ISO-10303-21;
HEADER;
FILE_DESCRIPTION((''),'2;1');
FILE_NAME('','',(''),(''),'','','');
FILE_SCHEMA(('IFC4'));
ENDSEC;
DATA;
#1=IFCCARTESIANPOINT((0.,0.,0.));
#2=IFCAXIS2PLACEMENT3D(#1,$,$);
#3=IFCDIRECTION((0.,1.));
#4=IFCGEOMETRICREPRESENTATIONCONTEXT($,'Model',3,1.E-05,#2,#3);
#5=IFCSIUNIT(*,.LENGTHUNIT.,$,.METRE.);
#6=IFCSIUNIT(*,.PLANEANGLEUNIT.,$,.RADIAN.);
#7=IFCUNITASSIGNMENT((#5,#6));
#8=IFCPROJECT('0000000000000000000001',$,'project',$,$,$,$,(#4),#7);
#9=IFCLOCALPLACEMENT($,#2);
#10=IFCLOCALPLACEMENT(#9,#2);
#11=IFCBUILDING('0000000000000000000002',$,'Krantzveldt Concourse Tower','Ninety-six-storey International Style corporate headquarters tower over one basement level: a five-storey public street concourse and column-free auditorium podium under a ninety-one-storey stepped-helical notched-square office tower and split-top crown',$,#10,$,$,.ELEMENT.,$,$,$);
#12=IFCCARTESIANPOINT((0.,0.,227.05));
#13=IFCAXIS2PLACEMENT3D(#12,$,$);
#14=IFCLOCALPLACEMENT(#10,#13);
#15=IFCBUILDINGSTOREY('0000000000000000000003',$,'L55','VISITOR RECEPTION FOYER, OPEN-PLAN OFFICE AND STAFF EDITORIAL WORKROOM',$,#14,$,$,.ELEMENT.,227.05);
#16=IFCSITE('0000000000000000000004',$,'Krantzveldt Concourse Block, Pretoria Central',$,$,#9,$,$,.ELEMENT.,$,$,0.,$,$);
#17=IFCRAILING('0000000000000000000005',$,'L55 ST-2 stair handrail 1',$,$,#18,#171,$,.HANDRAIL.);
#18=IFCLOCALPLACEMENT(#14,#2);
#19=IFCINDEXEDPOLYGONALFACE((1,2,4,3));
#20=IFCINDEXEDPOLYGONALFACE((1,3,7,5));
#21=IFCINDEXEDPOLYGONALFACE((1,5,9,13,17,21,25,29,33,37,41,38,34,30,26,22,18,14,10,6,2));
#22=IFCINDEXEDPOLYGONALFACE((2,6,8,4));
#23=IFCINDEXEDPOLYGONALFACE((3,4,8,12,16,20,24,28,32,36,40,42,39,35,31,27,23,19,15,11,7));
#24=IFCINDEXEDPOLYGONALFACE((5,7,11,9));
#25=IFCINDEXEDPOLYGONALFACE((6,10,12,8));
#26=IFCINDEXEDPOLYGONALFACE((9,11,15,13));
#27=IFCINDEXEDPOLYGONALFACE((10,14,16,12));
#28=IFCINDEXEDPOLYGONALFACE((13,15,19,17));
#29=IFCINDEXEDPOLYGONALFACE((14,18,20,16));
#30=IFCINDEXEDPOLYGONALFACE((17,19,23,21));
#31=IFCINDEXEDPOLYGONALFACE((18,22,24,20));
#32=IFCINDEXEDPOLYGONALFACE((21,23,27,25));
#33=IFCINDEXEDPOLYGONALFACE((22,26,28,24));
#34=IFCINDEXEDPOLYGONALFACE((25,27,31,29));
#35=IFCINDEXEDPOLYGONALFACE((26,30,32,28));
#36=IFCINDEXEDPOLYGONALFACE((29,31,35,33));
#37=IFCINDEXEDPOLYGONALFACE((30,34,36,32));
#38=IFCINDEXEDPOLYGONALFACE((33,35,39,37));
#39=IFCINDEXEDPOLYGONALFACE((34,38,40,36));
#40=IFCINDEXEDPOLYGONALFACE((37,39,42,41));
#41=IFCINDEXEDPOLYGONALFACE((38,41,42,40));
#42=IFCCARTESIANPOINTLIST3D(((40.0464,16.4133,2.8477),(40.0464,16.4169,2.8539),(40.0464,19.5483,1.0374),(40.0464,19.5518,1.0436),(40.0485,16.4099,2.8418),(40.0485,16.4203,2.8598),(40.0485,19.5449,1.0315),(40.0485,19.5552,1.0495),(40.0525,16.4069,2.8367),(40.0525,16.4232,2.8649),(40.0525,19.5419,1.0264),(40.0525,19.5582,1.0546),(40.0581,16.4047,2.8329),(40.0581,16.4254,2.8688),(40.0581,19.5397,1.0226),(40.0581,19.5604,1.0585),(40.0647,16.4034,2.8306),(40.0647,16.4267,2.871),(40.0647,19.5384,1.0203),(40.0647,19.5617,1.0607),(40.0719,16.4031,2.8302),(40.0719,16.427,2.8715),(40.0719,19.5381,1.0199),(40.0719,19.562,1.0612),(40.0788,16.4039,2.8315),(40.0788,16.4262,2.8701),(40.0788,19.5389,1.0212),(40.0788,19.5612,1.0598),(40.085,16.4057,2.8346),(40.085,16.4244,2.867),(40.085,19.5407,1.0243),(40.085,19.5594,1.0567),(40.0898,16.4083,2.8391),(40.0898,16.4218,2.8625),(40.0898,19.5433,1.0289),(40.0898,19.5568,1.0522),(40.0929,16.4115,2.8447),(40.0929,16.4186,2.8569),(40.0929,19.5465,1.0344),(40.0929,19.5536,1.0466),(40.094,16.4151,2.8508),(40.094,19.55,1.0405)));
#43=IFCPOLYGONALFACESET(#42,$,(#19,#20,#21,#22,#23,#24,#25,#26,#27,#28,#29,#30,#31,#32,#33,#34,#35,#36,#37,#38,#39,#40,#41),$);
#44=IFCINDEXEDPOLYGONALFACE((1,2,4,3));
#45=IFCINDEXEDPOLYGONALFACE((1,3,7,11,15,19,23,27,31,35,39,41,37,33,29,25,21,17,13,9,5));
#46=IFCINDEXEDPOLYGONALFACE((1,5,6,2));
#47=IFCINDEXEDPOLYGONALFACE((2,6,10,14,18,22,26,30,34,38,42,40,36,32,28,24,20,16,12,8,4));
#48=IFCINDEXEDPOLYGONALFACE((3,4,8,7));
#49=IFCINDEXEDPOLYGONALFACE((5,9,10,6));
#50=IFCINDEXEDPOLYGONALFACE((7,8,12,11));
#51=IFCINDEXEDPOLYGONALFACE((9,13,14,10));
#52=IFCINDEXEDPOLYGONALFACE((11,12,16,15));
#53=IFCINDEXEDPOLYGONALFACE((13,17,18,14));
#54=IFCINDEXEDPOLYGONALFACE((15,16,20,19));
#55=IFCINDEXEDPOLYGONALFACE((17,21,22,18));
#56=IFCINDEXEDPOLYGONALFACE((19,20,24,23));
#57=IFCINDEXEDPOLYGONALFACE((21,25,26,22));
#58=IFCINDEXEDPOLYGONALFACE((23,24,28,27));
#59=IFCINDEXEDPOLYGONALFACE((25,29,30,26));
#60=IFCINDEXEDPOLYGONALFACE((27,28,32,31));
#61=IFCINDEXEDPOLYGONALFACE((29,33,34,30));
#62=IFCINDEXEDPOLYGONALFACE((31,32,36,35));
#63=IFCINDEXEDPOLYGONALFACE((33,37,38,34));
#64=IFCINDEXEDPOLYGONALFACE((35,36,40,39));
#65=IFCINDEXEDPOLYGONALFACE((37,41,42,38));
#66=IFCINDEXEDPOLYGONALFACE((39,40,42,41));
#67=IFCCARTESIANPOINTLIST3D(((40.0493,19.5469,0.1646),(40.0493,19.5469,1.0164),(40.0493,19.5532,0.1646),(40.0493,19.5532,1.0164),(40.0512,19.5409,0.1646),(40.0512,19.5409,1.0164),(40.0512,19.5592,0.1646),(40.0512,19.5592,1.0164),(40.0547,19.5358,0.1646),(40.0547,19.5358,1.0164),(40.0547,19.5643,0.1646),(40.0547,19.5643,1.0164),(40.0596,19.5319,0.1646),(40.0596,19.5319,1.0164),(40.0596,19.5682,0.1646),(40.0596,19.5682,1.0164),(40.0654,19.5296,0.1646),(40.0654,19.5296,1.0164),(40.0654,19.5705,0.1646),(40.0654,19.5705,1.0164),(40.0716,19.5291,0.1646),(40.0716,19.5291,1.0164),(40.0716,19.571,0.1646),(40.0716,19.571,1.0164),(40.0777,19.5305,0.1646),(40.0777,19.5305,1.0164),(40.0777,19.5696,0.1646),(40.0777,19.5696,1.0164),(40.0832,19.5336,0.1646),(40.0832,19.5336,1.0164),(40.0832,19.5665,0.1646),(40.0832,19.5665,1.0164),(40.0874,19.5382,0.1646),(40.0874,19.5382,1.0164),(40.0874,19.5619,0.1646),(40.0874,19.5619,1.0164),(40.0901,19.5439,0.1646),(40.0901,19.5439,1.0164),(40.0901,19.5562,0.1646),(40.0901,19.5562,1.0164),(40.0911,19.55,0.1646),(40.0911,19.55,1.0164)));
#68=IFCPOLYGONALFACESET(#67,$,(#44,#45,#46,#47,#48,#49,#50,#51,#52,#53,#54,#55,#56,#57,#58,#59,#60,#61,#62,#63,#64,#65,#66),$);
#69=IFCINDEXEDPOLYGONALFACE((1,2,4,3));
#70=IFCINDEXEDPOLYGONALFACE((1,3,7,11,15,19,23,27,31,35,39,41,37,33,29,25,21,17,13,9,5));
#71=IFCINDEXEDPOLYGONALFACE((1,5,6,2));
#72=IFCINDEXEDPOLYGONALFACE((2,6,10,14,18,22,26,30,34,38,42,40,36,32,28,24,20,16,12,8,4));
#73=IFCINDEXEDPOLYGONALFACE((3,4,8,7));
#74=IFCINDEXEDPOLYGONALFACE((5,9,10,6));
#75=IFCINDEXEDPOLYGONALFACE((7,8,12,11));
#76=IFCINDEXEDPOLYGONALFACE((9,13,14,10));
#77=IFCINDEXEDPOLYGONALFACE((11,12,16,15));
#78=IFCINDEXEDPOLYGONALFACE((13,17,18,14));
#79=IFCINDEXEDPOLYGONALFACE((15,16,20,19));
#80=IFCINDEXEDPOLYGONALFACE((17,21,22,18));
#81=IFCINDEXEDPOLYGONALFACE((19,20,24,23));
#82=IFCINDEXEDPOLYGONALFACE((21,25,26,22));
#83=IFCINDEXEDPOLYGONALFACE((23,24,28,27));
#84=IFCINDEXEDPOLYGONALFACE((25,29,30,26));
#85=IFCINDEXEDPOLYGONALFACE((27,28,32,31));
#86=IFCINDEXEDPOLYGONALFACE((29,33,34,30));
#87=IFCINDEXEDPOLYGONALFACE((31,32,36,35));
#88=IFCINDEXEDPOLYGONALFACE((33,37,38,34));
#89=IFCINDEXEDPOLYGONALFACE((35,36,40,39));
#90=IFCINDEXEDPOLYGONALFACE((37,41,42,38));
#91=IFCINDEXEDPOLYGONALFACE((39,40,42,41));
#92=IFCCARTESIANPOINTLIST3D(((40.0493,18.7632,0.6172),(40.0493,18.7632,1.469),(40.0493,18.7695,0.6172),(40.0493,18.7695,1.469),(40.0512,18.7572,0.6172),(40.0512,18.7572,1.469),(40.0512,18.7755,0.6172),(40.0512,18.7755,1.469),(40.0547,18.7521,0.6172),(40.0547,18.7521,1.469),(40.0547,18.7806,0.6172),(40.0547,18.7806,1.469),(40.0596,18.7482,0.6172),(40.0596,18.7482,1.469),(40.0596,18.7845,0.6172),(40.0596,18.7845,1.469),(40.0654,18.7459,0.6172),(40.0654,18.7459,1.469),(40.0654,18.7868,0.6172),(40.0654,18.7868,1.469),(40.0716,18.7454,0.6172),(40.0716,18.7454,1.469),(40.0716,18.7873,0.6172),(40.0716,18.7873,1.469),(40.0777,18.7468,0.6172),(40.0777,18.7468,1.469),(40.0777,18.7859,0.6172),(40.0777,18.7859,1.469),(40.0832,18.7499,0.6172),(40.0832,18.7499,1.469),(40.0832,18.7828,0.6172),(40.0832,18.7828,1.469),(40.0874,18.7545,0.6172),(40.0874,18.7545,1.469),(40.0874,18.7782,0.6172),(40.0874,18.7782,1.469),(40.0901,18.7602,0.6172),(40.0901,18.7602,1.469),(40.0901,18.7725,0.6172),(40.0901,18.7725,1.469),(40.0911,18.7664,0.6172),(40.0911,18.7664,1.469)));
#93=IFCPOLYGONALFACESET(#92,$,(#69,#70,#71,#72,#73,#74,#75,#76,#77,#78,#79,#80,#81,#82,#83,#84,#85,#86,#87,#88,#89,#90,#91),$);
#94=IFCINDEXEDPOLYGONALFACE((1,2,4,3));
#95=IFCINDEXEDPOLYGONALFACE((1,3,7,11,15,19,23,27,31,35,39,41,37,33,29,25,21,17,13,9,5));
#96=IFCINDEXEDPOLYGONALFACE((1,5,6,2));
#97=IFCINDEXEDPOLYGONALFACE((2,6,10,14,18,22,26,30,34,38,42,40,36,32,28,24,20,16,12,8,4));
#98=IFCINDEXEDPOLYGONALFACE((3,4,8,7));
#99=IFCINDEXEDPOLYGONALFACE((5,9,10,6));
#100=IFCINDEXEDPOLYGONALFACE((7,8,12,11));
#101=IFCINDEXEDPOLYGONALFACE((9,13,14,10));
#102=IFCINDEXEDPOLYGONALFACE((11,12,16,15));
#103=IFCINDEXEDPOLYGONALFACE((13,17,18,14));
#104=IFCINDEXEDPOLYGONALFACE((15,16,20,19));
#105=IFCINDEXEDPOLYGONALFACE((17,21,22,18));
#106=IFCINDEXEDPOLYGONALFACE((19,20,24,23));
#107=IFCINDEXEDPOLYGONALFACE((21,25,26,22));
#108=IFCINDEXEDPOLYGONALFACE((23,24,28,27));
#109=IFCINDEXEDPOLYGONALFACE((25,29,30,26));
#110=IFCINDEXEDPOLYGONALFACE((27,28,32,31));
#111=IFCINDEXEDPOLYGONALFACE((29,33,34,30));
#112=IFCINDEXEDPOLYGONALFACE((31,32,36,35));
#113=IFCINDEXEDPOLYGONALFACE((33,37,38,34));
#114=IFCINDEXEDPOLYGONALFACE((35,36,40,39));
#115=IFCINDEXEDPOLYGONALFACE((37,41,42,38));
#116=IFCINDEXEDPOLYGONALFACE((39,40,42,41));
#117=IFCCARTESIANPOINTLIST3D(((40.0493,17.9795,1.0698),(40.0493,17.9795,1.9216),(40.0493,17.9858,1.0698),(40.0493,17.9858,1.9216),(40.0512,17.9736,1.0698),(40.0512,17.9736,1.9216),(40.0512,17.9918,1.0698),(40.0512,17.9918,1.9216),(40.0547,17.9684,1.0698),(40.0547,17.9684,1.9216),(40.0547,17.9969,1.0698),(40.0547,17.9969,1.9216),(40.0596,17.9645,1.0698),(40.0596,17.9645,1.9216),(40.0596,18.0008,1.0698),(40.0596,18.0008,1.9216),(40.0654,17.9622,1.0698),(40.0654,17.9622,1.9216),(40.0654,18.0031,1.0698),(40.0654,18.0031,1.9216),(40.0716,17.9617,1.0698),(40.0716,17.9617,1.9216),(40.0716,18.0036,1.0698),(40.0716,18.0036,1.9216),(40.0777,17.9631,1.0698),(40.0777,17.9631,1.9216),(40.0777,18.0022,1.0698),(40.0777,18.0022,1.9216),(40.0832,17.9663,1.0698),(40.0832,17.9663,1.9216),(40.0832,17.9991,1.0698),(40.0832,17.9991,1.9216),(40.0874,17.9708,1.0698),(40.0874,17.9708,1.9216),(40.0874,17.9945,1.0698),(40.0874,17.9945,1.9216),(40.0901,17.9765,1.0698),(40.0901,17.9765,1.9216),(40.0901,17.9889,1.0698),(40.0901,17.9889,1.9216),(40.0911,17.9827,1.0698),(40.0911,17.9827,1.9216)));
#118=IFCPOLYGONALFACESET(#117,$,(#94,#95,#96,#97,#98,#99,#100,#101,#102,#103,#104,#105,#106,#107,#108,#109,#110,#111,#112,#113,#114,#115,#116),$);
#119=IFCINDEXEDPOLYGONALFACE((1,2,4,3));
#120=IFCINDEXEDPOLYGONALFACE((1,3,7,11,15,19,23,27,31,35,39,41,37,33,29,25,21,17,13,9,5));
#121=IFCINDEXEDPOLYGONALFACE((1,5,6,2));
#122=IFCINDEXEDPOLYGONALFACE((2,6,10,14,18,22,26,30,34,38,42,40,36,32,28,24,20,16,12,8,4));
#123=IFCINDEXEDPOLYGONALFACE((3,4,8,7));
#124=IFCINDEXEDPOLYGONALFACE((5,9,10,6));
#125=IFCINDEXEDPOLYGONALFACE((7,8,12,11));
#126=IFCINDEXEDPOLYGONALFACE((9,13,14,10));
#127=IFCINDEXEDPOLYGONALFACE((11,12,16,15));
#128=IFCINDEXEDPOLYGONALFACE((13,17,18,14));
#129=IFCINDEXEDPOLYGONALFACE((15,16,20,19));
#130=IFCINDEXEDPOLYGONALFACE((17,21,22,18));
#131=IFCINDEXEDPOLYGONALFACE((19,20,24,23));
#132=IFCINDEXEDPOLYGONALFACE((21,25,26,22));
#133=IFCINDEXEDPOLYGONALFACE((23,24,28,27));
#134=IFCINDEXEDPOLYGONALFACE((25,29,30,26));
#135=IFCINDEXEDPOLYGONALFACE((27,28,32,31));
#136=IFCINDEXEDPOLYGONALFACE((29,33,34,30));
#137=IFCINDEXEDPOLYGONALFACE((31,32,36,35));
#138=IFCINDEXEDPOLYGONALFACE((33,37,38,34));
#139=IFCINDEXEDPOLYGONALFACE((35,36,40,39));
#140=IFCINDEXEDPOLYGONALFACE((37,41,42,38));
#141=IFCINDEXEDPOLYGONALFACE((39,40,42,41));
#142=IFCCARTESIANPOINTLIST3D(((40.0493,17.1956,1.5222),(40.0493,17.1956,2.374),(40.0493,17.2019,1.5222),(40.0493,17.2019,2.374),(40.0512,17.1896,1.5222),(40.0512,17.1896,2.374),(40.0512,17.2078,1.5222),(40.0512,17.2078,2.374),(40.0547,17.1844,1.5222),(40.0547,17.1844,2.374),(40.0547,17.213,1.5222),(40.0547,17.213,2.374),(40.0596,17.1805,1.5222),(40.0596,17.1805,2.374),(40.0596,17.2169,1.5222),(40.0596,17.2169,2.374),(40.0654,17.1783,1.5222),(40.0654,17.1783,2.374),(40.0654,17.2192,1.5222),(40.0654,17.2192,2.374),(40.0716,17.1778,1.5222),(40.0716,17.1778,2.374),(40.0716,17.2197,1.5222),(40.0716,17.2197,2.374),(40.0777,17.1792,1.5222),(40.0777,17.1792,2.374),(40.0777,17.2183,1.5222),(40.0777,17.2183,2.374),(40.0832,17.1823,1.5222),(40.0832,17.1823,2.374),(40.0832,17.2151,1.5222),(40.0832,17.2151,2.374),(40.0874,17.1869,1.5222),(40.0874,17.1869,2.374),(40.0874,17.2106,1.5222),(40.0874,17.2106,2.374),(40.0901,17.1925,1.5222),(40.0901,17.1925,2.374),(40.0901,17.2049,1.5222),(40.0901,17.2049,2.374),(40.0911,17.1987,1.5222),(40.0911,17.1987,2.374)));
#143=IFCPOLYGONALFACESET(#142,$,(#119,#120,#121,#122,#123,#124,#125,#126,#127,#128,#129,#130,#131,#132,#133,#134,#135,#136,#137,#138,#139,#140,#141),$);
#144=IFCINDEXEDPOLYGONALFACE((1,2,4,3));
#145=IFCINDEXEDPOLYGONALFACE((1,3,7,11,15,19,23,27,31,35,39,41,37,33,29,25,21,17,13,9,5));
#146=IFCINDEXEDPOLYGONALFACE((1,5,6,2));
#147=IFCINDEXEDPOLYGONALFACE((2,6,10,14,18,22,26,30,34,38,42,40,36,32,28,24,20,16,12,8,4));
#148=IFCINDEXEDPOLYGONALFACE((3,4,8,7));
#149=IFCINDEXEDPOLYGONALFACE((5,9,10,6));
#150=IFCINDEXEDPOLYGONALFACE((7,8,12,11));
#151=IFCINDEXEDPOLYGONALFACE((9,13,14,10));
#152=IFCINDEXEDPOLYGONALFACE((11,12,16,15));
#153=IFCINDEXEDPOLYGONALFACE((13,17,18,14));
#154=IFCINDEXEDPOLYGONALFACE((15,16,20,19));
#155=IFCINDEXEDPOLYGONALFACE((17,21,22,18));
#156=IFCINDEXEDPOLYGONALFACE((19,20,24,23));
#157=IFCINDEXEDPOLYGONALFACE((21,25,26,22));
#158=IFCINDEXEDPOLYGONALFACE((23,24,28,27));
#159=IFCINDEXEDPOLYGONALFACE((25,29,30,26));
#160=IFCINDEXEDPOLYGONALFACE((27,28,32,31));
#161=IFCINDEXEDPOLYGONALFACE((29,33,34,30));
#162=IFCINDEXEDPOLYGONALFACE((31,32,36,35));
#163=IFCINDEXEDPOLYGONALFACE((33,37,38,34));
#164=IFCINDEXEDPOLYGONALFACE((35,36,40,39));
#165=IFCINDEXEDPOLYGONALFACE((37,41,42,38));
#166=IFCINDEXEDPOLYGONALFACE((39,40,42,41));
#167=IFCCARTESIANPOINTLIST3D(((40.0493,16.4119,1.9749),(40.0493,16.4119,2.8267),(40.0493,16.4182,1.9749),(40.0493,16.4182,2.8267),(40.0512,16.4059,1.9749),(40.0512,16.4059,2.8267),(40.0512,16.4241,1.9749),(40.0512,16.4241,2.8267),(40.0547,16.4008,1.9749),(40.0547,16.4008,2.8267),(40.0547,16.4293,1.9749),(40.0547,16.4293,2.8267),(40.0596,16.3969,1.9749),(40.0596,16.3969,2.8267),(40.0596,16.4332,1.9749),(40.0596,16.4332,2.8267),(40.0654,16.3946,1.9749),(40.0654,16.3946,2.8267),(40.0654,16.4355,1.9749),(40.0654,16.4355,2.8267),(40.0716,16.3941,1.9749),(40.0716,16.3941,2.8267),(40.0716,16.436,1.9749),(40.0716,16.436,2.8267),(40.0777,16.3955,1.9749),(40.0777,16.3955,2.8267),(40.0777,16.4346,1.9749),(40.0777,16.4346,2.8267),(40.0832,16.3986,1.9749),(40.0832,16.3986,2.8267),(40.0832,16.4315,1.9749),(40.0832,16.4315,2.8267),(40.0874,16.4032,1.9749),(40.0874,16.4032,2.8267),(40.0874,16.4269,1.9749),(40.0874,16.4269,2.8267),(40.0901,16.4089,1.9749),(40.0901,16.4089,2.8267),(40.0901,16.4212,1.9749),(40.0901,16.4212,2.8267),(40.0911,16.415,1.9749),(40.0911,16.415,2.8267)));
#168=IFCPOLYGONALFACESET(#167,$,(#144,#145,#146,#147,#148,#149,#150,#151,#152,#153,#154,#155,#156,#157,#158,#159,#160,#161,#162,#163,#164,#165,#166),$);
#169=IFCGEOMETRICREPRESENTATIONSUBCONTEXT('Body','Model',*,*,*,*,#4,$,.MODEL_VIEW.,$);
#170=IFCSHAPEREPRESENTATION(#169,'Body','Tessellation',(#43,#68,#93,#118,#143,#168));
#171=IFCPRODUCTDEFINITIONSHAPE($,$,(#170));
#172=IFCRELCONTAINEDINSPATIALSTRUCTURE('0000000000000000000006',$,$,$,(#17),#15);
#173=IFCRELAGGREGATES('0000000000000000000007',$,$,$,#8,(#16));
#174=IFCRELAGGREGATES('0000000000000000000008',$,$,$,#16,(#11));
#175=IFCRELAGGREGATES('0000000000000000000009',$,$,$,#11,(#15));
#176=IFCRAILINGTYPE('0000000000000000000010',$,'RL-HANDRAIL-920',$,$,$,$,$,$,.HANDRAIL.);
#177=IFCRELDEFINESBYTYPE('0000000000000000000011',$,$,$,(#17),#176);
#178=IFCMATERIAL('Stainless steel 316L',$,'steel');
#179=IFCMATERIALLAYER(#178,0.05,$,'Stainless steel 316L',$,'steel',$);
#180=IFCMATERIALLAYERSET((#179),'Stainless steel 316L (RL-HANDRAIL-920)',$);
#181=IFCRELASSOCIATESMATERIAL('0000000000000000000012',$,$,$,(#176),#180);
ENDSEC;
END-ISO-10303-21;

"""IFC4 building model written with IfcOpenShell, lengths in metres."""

from ifc_helpers import new_model, si_unit, direction, frame, origin, origin_2d, place, context, subcontext, project, spatial, circle, extrude, material, layer, layer_set, type_object, element, save


model = new_model("IFC4")

# Units and contexts
model_context = context("Model", 3, precision=1e-05, world=origin(), true_north=direction((0.0, 1.0)))
body_context = subcontext(model_context, "Body", "Model", "MODEL_VIEW")
ifc_project = project(units=[si_unit("LENGTHUNIT", "METRE"), si_unit("PLANEANGLEUNIT", "RADIAN")], contexts=[model_context])

# Site, building, storey
site_placement = place(None, origin())
site = spatial("IfcSite", under=ifc_project, at=site_placement, Name="Krantzveldt Concourse Block, Pretoria Central", CompositionType="ELEMENT", RefElevation=0.0)
building_placement = place(site_placement, origin())
building = spatial("IfcBuilding", under=site, at=building_placement, Name="Krantzveldt Concourse Tower", Description="Ninety-six-storey International Style corporate headquarters tower over one basement level: a five-storey public street concourse and column-free auditorium podium under a ninety-one-storey stepped-helical notched-square office tower and split-top crown", CompositionType="ELEMENT")
storey_placement = place(building_placement, frame((0.0, 0.0, 227.05)))
storey = spatial("IfcBuildingStorey", under=building, at=storey_placement, Name="L55", Description="VISITOR RECEPTION FOYER, OPEN-PLAN OFFICE AND STAFF EDITORIAL WORKROOM", CompositionType="ELEMENT", Elevation=227.05)

# Shared definitions
ifc_material_1 = material(Name="Stainless steel 316L", Category="steel")

# Railing
ifc_layer_1 = layer(ifc_material_1, 0.05, Name="Stainless steel 316L", Category="steel")
ifc_layer_set_1 = layer_set([ifc_layer_1], Name="Stainless steel 316L (RL-HANDRAIL-920)")
railing_type_1 = type_object("IfcRailingType", Name="RL-HANDRAIL-920", PredefinedType="HANDRAIL", material=ifc_layer_set_1)
railing_1_placement = place(storey_placement, frame((40.0701, 19.55, 0.1646)))
element("IfcRailing", 1, at=railing_1_placement, inside=storey, type_object=railing_type_1, Name="L55 ST-2 stair handrail 1", PredefinedType="HANDRAIL", context=body_context, shape_type="SweptSolid", body=[
    extrude(circle(Radius=0.0239, at=origin_2d()), frame((0.0, 0.0, 0.876), z_axis=(0.0, -0.865989, 0.500063), x_axis=(1.0, 0.0, 0.0)), (0.0, 0.0, 1.0), 3.6201),
    extrude(circle(Radius=0.021, at=origin_2d()), origin(), (0.0, 0.0, 1.0), 0.8518),
    extrude(circle(Radius=0.021, at=origin_2d()), frame((0.0, -0.7837, 0.4526)), (0.0, 0.0, 1.0), 0.8518),
    extrude(circle(Radius=0.021, at=origin_2d()), frame((0.0, -1.5674, 0.9053)), (0.0, 0.0, 1.0), 0.8518),
    extrude(circle(Radius=0.021, at=origin_2d()), frame((0.0, -2.3513, 1.3577)), (0.0, 0.0, 1.0), 0.8518),
    extrude(circle(Radius=0.021, at=origin_2d()), frame((0.0, -3.135, 1.8103)), (0.0, 0.0, 1.0), 0.8518),
])

save(model, "model.ifc")
